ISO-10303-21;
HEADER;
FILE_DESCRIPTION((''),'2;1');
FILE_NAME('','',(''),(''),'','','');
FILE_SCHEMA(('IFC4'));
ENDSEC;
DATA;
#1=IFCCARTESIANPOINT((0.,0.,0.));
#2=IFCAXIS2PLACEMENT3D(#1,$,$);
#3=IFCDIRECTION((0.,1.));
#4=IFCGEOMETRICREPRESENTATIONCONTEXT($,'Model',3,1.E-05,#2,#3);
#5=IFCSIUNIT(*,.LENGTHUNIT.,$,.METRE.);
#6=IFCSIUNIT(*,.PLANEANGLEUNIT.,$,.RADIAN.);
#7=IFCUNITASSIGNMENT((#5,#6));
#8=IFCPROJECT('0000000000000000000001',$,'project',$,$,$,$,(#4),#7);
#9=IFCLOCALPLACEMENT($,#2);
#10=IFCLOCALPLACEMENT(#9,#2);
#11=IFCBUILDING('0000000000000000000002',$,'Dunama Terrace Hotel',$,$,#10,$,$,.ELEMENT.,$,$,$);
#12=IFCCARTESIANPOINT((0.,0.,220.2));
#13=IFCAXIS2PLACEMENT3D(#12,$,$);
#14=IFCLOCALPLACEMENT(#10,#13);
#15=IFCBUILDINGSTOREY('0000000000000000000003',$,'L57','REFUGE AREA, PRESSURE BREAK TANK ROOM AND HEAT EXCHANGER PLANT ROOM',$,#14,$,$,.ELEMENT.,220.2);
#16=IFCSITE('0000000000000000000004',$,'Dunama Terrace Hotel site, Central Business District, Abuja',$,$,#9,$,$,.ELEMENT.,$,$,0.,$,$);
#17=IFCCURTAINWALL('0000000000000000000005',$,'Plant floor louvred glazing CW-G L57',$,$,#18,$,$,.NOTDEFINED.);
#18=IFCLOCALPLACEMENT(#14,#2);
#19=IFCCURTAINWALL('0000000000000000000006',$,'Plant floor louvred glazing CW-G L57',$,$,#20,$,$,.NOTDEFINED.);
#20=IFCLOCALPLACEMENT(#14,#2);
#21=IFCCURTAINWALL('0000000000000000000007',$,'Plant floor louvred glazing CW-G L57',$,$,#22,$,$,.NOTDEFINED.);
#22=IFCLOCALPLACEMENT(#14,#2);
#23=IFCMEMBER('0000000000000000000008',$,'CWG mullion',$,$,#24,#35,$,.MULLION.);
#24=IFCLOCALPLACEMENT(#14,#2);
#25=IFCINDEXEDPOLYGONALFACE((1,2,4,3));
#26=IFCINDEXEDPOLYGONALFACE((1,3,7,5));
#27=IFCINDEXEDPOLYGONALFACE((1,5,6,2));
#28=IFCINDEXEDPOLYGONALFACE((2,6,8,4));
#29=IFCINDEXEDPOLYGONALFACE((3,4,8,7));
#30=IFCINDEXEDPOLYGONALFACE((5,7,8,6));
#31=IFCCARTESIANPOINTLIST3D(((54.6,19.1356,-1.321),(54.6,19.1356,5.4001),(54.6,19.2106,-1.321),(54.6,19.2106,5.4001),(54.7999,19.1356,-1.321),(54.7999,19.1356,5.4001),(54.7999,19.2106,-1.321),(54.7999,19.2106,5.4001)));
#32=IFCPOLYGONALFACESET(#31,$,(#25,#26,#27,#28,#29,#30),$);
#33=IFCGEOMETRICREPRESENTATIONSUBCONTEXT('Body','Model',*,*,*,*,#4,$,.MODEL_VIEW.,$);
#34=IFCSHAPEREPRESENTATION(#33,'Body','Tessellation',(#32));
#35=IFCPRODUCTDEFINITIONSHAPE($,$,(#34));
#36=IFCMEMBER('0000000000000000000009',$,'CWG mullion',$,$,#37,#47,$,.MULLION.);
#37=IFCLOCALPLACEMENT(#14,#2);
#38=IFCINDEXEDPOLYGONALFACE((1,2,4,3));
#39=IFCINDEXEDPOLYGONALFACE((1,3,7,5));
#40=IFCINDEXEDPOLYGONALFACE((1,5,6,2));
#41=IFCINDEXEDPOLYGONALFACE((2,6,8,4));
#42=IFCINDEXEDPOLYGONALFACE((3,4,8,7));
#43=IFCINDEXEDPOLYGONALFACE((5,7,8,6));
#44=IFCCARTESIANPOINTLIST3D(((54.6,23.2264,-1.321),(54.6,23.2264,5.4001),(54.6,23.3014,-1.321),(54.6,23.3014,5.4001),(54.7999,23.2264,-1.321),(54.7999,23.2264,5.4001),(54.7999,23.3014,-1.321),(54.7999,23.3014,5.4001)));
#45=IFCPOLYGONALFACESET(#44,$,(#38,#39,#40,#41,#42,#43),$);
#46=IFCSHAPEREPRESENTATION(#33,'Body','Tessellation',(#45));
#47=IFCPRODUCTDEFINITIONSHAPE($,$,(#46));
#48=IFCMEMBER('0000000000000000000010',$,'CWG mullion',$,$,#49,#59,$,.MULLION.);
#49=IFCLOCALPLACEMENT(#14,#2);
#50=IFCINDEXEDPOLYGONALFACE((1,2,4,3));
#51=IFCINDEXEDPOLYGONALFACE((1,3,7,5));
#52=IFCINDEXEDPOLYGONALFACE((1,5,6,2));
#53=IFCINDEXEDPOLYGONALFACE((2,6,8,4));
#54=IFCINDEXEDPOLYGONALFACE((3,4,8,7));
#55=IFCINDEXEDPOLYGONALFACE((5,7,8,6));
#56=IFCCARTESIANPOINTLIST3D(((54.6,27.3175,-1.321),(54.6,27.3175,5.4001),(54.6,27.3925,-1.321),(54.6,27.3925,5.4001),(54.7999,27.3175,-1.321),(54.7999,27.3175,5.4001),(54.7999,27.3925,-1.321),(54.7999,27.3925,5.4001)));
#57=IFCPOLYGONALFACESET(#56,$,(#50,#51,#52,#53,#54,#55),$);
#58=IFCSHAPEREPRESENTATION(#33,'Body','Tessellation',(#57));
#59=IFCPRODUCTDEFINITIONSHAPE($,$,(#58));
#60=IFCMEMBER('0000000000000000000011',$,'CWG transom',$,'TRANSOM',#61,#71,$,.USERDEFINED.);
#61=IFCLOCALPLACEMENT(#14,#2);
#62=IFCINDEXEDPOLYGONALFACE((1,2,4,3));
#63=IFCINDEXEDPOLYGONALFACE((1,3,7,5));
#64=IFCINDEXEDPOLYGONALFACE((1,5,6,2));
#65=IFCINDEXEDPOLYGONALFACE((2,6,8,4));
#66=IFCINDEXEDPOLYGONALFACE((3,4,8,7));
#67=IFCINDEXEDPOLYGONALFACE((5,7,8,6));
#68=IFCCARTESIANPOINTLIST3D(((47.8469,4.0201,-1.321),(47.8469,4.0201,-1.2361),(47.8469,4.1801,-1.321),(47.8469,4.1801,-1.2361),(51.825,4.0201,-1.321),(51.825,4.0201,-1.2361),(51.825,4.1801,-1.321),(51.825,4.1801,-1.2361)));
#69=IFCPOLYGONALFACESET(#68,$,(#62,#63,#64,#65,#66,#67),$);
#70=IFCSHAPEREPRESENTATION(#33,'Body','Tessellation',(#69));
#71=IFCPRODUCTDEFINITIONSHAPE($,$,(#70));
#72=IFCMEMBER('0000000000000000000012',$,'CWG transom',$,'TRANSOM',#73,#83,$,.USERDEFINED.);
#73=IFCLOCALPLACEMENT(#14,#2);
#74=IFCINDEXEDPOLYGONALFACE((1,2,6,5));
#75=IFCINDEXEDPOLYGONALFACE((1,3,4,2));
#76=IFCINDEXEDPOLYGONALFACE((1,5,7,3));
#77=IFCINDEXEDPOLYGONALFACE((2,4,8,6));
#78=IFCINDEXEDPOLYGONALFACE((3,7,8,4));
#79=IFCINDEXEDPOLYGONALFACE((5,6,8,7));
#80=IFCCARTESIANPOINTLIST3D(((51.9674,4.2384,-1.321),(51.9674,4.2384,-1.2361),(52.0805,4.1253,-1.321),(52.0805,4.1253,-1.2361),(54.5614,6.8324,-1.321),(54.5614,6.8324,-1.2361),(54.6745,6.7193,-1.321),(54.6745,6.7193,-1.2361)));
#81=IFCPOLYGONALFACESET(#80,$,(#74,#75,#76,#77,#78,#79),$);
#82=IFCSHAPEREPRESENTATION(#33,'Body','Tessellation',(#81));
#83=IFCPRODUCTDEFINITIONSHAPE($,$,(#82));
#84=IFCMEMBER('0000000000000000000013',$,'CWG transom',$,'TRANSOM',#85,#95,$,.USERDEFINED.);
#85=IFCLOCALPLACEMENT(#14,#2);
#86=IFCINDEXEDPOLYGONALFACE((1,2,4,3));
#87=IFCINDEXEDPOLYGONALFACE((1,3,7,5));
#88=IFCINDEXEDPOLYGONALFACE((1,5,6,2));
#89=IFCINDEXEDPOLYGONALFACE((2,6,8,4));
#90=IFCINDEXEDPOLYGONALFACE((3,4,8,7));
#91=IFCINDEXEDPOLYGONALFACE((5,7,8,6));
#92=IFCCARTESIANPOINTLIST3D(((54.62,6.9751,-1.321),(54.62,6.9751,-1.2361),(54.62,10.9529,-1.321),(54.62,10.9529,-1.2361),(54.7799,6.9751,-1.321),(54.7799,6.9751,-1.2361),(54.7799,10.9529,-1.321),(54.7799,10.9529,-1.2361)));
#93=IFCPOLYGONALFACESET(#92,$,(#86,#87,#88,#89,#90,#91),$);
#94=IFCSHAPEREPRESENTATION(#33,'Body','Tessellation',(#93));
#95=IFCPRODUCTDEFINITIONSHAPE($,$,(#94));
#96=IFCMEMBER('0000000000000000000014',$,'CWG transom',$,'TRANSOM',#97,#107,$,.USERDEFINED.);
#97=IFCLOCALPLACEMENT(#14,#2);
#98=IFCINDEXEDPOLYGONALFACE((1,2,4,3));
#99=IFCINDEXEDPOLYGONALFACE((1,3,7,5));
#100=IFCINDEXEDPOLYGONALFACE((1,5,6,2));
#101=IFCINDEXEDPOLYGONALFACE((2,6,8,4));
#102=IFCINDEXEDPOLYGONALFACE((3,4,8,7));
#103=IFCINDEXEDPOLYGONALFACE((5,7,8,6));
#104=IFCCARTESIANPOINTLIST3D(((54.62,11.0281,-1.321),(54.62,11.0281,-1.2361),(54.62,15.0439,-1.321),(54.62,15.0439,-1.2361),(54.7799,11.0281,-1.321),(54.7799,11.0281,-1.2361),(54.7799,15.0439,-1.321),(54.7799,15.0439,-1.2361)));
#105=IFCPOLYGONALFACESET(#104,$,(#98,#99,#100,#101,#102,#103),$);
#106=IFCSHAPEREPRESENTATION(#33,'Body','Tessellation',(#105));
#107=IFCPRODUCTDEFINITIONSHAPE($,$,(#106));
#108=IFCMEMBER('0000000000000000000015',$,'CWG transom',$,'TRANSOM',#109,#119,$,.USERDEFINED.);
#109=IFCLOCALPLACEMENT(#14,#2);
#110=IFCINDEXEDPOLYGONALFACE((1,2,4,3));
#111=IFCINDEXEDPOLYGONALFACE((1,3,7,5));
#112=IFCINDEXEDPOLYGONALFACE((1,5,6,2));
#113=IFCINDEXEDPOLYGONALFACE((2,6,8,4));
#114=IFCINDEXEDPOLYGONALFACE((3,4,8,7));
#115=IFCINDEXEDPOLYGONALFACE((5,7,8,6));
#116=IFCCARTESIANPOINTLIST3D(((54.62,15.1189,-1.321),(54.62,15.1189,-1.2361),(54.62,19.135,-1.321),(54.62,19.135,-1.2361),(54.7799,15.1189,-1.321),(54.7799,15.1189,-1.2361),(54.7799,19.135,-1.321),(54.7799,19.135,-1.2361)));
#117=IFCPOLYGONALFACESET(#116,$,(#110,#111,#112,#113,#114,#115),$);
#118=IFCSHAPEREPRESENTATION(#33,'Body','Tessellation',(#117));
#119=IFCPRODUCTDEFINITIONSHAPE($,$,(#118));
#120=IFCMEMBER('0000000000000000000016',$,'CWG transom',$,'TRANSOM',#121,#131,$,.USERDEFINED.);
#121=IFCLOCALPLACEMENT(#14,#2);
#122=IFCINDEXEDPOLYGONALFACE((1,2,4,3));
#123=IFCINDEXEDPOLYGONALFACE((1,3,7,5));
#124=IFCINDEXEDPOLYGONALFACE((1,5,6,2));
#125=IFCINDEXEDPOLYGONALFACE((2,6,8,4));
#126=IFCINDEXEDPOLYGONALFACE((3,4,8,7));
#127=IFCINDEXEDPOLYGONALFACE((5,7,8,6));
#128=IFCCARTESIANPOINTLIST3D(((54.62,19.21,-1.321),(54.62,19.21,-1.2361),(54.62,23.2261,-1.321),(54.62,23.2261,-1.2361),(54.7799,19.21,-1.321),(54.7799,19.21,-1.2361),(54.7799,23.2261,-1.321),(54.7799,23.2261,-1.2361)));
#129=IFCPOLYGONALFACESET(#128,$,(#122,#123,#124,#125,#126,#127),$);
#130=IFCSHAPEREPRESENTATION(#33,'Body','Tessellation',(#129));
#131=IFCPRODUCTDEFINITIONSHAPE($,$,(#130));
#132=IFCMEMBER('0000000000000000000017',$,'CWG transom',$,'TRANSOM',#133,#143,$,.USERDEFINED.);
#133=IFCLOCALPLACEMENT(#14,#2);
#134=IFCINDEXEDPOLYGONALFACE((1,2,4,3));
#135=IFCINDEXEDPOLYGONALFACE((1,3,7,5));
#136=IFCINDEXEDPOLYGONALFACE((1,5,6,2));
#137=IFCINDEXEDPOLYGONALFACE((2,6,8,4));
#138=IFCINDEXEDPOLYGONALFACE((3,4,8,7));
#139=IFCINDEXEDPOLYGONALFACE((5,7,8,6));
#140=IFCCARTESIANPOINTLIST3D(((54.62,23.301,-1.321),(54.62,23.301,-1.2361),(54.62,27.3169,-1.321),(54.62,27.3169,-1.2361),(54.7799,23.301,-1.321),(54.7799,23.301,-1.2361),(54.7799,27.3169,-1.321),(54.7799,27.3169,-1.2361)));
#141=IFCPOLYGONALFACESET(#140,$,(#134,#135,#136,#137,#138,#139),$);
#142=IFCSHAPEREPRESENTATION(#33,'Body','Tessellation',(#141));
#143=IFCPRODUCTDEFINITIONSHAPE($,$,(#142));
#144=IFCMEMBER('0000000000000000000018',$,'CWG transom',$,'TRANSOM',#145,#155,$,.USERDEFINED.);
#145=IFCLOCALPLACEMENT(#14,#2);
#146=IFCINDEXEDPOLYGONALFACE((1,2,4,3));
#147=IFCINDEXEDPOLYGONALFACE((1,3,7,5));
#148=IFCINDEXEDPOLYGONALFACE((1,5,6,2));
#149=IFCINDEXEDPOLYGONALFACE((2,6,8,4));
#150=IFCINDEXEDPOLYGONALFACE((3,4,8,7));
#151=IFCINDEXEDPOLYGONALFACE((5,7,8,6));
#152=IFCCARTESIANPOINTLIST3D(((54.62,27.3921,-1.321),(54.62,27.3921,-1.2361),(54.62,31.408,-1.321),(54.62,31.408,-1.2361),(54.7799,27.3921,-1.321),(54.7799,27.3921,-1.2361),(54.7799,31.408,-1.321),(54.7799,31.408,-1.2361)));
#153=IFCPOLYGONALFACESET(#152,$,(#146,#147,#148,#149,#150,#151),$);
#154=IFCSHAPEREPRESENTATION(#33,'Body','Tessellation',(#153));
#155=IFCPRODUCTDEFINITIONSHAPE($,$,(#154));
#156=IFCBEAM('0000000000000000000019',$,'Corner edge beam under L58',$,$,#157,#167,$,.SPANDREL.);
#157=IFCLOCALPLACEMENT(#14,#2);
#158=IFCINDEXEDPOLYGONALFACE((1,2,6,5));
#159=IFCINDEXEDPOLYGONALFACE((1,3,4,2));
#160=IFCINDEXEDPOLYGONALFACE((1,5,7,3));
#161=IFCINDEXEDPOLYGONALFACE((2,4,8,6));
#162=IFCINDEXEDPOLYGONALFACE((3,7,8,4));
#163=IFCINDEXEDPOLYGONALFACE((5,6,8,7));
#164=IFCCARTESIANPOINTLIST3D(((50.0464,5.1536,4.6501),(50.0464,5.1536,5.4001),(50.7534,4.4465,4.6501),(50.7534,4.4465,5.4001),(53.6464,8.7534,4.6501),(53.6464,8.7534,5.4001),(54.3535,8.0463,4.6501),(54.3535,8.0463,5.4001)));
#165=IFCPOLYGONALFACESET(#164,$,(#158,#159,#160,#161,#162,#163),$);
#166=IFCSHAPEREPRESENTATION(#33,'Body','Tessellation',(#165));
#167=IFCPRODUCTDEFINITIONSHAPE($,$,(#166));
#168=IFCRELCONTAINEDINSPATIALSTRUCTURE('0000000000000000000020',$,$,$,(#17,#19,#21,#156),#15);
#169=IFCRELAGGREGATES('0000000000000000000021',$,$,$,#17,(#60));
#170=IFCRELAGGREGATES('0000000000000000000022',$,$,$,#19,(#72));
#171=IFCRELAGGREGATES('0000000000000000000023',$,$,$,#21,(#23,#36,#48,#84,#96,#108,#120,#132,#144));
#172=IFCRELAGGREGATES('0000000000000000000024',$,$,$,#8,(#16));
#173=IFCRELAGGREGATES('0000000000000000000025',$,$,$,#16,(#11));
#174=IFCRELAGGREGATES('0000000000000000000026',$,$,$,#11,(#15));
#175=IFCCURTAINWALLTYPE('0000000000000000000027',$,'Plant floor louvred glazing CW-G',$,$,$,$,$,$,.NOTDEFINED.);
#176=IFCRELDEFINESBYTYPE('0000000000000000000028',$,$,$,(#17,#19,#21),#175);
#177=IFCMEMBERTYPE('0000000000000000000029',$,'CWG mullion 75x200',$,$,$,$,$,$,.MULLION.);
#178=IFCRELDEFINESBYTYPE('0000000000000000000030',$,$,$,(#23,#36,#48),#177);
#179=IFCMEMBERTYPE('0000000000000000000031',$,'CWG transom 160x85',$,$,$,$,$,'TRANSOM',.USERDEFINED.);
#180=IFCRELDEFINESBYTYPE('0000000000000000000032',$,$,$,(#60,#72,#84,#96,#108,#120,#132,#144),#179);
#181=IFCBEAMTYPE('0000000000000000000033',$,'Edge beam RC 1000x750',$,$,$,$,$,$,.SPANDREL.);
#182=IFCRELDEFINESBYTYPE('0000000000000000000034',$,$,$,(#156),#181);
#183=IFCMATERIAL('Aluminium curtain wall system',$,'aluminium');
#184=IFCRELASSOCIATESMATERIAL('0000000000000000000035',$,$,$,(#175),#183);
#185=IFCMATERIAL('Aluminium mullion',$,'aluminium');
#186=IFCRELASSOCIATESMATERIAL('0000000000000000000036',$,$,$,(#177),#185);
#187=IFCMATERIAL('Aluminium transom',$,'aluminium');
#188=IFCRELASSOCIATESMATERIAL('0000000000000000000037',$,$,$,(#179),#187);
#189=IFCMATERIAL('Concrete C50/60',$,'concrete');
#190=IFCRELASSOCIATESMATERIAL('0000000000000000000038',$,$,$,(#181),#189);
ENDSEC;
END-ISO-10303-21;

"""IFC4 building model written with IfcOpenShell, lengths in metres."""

from ifc_helpers import new_model, si_unit, direction, frame, origin, origin_2d, place, context, subcontext, project, spatial, rectangle, extrude, material, material_profile, profile_set, type_object, element, aggregate, save


model = new_model("IFC4")

# Units and contexts
model_context = context("Model", 3, precision=1e-05, world=origin(), true_north=direction((0.0, 1.0)))
body_context = subcontext(model_context, "Body", "Model", "MODEL_VIEW")
ifc_project = project(units=[si_unit("LENGTHUNIT", "METRE"), si_unit("PLANEANGLEUNIT", "RADIAN")], contexts=[model_context])

# Site, building, storey
site_placement = place(None, origin())
site = spatial("IfcSite", under=ifc_project, at=site_placement, Name="Dunama Terrace Hotel site, Central Business District, Abuja", CompositionType="ELEMENT", RefElevation=0.0)
building_placement = place(site_placement, origin())
building = spatial("IfcBuilding", under=site, at=building_placement, Name="Dunama Terrace Hotel", CompositionType="ELEMENT")
storey_placement = place(building_placement, frame((0.0, 0.0, 220.2)))
storey = spatial("IfcBuildingStorey", under=building, at=storey_placement, Name="L57", Description="REFUGE AREA, PRESSURE BREAK TANK ROOM AND HEAT EXCHANGER PLANT ROOM", CompositionType="ELEMENT", Elevation=220.2)

# Curtain wall
ifc_material_1 = material(Name="Aluminium curtain wall system", Category="aluminium")
curtain_wall_type = type_object("IfcCurtainWallType", Name="Plant floor louvred glazing CW-G", PredefinedType="NOTDEFINED", material=ifc_material_1)
curtain_wall_1_placement = place(storey_placement, origin())
curtain_wall_1 = element("IfcCurtainWall", 1, at=curtain_wall_1_placement, inside=storey, type_object=curtain_wall_type, Name="Plant floor louvred glazing CW-G L57", PredefinedType="NOTDEFINED")
ifc_material_2 = material(Name="Aluminium mullion", Category="aluminium")
ifc_material_profile_1 = material_profile(ifc_material_2, rectangle(XDim=0.075, YDim=0.2, at=origin_2d()), Name="CWG MULLION 75X200")
ifc_profile_set_1 = profile_set([ifc_material_profile_1], Name="Aluminium mullion")
member_type_1 = type_object("IfcMemberType", Name="CWG mullion 75x200", PredefinedType="MULLION", material=ifc_profile_set_1)

# Curtain walls, members
curtain_wall_2_placement = place(storey_placement, origin())
curtain_wall_2 = element("IfcCurtainWall", 2, at=curtain_wall_2_placement, inside=storey, type_object=curtain_wall_type, Name="Plant floor louvred glazing CW-G L57", PredefinedType="NOTDEFINED")
curtain_wall_3_placement = place(storey_placement, origin())
curtain_wall_3 = element("IfcCurtainWall", 3, at=curtain_wall_3_placement, inside=storey, type_object=curtain_wall_type, Name="Plant floor louvred glazing CW-G L57", PredefinedType="NOTDEFINED")
member_1_placement = place(storey_placement, frame((54.7, 19.1731, -1.321), z_axis=(0.0, 0.0, 1.0), x_axis=(0.0, 1.0, 0.0)))
member_1 = element("IfcMember", 4, at=member_1_placement, type_object=member_type_1, Name="CWG mullion", PredefinedType="MULLION", context=body_context, shape_type="SweptSolid", body=[
    extrude(rectangle(XDim=0.075, YDim=0.2, at=origin_2d()), origin(), (0.0, 0.0, 1.0), 6.7212),
])
member_2_placement = place(storey_placement, frame((54.7, 23.2639, -1.321), z_axis=(0.0, 0.0, 1.0), x_axis=(0.0, 1.0, 0.0)))
member_2 = element("IfcMember", 5, at=member_2_placement, type_object=member_type_1, Name="CWG mullion", PredefinedType="MULLION", context=body_context, shape_type="SweptSolid", body=[
    extrude(rectangle(XDim=0.075, YDim=0.2, at=origin_2d()), origin(), (0.0, 0.0, 1.0), 6.7212),
])
member_3_placement = place(storey_placement, frame((54.7, 27.355, -1.321), z_axis=(0.0, 0.0, 1.0), x_axis=(0.0, 1.0, 0.0)))
member_3 = element("IfcMember", 6, at=member_3_placement, type_object=member_type_1, Name="CWG mullion", PredefinedType="MULLION", context=body_context, shape_type="SweptSolid", body=[
    extrude(rectangle(XDim=0.075, YDim=0.2, at=origin_2d()), origin(), (0.0, 0.0, 1.0), 6.7212),
])

# Members
ifc_material_3 = material(Name="Aluminium transom", Category="aluminium")
ifc_material_profile_2 = material_profile(ifc_material_3, rectangle(XDim=0.1599, YDim=0.085, at=origin_2d()), Name="CWG TRANSOM 160X85")
ifc_profile_set_2 = profile_set([ifc_material_profile_2], Name="Aluminium transom")
member_type_2 = type_object("IfcMemberType", Name="CWG transom 160x85", ElementType="TRANSOM", PredefinedType="USERDEFINED", material=ifc_profile_set_2)
member_4_placement = place(storey_placement, frame((47.8469, 4.1001, -1.2786), z_axis=(1.0, 0.0, 0.0), x_axis=(0.0, 1.0, 0.0)))
member_4 = element("IfcMember", 7, at=member_4_placement, type_object=member_type_2, Name="CWG transom", ObjectType="TRANSOM", PredefinedType="USERDEFINED", context=body_context, shape_type="SweptSolid", body=[
    extrude(rectangle(XDim=0.1599, YDim=0.085, at=origin_2d()), origin(), (0.0, 0.0, 1.0), 3.978),
])
member_5_placement = place(storey_placement, frame((52.0239, 4.1819, -1.2786), z_axis=(0.707107, 0.707107, 0.0), x_axis=(-0.707107, 0.707107, 0.0)))
member_5 = element("IfcMember", 8, at=member_5_placement, type_object=member_type_2, Name="CWG transom", ObjectType="TRANSOM", PredefinedType="USERDEFINED", context=body_context, shape_type="SweptSolid", body=[
    extrude(rectangle(XDim=0.1599, YDim=0.085, at=origin_2d()), origin(), (0.0, 0.0, 1.0), 3.6685),
])
member_6_placement = place(storey_placement, frame((54.7, 6.9751, -1.2786), z_axis=(0.0, 1.0, 0.0), x_axis=(-1.0, 0.0, 0.0)))
member_6 = element("IfcMember", 9, at=member_6_placement, type_object=member_type_2, Name="CWG transom", ObjectType="TRANSOM", PredefinedType="USERDEFINED", context=body_context, shape_type="SweptSolid", body=[
    extrude(rectangle(XDim=0.1599, YDim=0.085, at=origin_2d()), origin(), (0.0, 0.0, 1.0), 3.9778),
])
member_7_placement = place(storey_placement, frame((54.7, 11.0281, -1.2786), z_axis=(0.0, 1.0, 0.0), x_axis=(-1.0, 0.0, 0.0)))
member_7 = element("IfcMember", 10, at=member_7_placement, type_object=member_type_2, Name="CWG transom", ObjectType="TRANSOM", PredefinedType="USERDEFINED", context=body_context, shape_type="SweptSolid", body=[
    extrude(rectangle(XDim=0.1599, YDim=0.085, at=origin_2d()), origin(), (0.0, 0.0, 1.0), 4.0159),
])
member_8_placement = place(storey_placement, frame((54.7, 15.1189, -1.2786), z_axis=(0.0, 1.0, 0.0), x_axis=(-1.0, 0.0, 0.0)))
member_8 = element("IfcMember", 11, at=member_8_placement, type_object=member_type_2, Name="CWG transom", ObjectType="TRANSOM", PredefinedType="USERDEFINED", context=body_context, shape_type="SweptSolid", body=[
    extrude(rectangle(XDim=0.1599, YDim=0.085, at=origin_2d()), origin(), (0.0, 0.0, 1.0), 4.0161),
])
member_9_placement = place(storey_placement, frame((54.7, 19.21, -1.2786), z_axis=(0.0, 1.0, 0.0), x_axis=(-1.0, 0.0, 0.0)))
member_9 = element("IfcMember", 12, at=member_9_placement, type_object=member_type_2, Name="CWG transom", ObjectType="TRANSOM", PredefinedType="USERDEFINED", context=body_context, shape_type="SweptSolid", body=[
    extrude(rectangle(XDim=0.1599, YDim=0.085, at=origin_2d()), origin(), (0.0, 0.0, 1.0), 4.0161),
])
member_10_placement = place(storey_placement, frame((54.7, 23.301, -1.2786), z_axis=(0.0, 1.0, 0.0), x_axis=(-1.0, 0.0, 0.0)))
member_10 = element("IfcMember", 13, at=member_10_placement, type_object=member_type_2, Name="CWG transom", ObjectType="TRANSOM", PredefinedType="USERDEFINED", context=body_context, shape_type="SweptSolid", body=[
    extrude(rectangle(XDim=0.1599, YDim=0.085, at=origin_2d()), origin(), (0.0, 0.0, 1.0), 4.0159),
])
member_11_placement = place(storey_placement, frame((54.7, 27.3921, -1.2786), z_axis=(0.0, 1.0, 0.0), x_axis=(-1.0, 0.0, 0.0)))
member_11 = element("IfcMember", 14, at=member_11_placement, type_object=member_type_2, Name="CWG transom", ObjectType="TRANSOM", PredefinedType="USERDEFINED", context=body_context, shape_type="SweptSolid", body=[
    extrude(rectangle(XDim=0.1599, YDim=0.085, at=origin_2d()), origin(), (0.0, 0.0, 1.0), 4.0159),
])

# Beam
ifc_material_4 = material(Name="Concrete C50/60", Category="concrete")
ifc_material_profile_3 = material_profile(ifc_material_4, rectangle(XDim=1.0, YDim=0.75, at=origin_2d()), Name="RC 1000x750")
ifc_profile_set_3 = profile_set([ifc_material_profile_3], Name="Concrete C50/60")
beam_type = type_object("IfcBeamType", Name="Edge beam RC 1000x750", PredefinedType="SPANDREL", material=ifc_profile_set_3)
beam_placement = place(storey_placement, frame((50.3999, 4.8, 5.0251), z_axis=(0.707131, 0.707083, 0.0), x_axis=(-0.707083, 0.707131, 0.0)))
element("IfcBeam", 15, at=beam_placement, inside=storey, type_object=beam_type, Name="Corner edge beam under L58", PredefinedType="SPANDREL", context=body_context, shape_type="SweptSolid", body=[
    extrude(rectangle(XDim=1.0, YDim=0.75, at=origin_2d()), origin(), (0.0, 0.0, 1.0), 5.0911),
])

aggregate(curtain_wall_1, [member_4])
aggregate(curtain_wall_2, [member_5])
aggregate(curtain_wall_3, [member_1, member_2, member_3, member_6, member_7, member_8, member_9, member_10, member_11])

save(model, "model.ifc")
